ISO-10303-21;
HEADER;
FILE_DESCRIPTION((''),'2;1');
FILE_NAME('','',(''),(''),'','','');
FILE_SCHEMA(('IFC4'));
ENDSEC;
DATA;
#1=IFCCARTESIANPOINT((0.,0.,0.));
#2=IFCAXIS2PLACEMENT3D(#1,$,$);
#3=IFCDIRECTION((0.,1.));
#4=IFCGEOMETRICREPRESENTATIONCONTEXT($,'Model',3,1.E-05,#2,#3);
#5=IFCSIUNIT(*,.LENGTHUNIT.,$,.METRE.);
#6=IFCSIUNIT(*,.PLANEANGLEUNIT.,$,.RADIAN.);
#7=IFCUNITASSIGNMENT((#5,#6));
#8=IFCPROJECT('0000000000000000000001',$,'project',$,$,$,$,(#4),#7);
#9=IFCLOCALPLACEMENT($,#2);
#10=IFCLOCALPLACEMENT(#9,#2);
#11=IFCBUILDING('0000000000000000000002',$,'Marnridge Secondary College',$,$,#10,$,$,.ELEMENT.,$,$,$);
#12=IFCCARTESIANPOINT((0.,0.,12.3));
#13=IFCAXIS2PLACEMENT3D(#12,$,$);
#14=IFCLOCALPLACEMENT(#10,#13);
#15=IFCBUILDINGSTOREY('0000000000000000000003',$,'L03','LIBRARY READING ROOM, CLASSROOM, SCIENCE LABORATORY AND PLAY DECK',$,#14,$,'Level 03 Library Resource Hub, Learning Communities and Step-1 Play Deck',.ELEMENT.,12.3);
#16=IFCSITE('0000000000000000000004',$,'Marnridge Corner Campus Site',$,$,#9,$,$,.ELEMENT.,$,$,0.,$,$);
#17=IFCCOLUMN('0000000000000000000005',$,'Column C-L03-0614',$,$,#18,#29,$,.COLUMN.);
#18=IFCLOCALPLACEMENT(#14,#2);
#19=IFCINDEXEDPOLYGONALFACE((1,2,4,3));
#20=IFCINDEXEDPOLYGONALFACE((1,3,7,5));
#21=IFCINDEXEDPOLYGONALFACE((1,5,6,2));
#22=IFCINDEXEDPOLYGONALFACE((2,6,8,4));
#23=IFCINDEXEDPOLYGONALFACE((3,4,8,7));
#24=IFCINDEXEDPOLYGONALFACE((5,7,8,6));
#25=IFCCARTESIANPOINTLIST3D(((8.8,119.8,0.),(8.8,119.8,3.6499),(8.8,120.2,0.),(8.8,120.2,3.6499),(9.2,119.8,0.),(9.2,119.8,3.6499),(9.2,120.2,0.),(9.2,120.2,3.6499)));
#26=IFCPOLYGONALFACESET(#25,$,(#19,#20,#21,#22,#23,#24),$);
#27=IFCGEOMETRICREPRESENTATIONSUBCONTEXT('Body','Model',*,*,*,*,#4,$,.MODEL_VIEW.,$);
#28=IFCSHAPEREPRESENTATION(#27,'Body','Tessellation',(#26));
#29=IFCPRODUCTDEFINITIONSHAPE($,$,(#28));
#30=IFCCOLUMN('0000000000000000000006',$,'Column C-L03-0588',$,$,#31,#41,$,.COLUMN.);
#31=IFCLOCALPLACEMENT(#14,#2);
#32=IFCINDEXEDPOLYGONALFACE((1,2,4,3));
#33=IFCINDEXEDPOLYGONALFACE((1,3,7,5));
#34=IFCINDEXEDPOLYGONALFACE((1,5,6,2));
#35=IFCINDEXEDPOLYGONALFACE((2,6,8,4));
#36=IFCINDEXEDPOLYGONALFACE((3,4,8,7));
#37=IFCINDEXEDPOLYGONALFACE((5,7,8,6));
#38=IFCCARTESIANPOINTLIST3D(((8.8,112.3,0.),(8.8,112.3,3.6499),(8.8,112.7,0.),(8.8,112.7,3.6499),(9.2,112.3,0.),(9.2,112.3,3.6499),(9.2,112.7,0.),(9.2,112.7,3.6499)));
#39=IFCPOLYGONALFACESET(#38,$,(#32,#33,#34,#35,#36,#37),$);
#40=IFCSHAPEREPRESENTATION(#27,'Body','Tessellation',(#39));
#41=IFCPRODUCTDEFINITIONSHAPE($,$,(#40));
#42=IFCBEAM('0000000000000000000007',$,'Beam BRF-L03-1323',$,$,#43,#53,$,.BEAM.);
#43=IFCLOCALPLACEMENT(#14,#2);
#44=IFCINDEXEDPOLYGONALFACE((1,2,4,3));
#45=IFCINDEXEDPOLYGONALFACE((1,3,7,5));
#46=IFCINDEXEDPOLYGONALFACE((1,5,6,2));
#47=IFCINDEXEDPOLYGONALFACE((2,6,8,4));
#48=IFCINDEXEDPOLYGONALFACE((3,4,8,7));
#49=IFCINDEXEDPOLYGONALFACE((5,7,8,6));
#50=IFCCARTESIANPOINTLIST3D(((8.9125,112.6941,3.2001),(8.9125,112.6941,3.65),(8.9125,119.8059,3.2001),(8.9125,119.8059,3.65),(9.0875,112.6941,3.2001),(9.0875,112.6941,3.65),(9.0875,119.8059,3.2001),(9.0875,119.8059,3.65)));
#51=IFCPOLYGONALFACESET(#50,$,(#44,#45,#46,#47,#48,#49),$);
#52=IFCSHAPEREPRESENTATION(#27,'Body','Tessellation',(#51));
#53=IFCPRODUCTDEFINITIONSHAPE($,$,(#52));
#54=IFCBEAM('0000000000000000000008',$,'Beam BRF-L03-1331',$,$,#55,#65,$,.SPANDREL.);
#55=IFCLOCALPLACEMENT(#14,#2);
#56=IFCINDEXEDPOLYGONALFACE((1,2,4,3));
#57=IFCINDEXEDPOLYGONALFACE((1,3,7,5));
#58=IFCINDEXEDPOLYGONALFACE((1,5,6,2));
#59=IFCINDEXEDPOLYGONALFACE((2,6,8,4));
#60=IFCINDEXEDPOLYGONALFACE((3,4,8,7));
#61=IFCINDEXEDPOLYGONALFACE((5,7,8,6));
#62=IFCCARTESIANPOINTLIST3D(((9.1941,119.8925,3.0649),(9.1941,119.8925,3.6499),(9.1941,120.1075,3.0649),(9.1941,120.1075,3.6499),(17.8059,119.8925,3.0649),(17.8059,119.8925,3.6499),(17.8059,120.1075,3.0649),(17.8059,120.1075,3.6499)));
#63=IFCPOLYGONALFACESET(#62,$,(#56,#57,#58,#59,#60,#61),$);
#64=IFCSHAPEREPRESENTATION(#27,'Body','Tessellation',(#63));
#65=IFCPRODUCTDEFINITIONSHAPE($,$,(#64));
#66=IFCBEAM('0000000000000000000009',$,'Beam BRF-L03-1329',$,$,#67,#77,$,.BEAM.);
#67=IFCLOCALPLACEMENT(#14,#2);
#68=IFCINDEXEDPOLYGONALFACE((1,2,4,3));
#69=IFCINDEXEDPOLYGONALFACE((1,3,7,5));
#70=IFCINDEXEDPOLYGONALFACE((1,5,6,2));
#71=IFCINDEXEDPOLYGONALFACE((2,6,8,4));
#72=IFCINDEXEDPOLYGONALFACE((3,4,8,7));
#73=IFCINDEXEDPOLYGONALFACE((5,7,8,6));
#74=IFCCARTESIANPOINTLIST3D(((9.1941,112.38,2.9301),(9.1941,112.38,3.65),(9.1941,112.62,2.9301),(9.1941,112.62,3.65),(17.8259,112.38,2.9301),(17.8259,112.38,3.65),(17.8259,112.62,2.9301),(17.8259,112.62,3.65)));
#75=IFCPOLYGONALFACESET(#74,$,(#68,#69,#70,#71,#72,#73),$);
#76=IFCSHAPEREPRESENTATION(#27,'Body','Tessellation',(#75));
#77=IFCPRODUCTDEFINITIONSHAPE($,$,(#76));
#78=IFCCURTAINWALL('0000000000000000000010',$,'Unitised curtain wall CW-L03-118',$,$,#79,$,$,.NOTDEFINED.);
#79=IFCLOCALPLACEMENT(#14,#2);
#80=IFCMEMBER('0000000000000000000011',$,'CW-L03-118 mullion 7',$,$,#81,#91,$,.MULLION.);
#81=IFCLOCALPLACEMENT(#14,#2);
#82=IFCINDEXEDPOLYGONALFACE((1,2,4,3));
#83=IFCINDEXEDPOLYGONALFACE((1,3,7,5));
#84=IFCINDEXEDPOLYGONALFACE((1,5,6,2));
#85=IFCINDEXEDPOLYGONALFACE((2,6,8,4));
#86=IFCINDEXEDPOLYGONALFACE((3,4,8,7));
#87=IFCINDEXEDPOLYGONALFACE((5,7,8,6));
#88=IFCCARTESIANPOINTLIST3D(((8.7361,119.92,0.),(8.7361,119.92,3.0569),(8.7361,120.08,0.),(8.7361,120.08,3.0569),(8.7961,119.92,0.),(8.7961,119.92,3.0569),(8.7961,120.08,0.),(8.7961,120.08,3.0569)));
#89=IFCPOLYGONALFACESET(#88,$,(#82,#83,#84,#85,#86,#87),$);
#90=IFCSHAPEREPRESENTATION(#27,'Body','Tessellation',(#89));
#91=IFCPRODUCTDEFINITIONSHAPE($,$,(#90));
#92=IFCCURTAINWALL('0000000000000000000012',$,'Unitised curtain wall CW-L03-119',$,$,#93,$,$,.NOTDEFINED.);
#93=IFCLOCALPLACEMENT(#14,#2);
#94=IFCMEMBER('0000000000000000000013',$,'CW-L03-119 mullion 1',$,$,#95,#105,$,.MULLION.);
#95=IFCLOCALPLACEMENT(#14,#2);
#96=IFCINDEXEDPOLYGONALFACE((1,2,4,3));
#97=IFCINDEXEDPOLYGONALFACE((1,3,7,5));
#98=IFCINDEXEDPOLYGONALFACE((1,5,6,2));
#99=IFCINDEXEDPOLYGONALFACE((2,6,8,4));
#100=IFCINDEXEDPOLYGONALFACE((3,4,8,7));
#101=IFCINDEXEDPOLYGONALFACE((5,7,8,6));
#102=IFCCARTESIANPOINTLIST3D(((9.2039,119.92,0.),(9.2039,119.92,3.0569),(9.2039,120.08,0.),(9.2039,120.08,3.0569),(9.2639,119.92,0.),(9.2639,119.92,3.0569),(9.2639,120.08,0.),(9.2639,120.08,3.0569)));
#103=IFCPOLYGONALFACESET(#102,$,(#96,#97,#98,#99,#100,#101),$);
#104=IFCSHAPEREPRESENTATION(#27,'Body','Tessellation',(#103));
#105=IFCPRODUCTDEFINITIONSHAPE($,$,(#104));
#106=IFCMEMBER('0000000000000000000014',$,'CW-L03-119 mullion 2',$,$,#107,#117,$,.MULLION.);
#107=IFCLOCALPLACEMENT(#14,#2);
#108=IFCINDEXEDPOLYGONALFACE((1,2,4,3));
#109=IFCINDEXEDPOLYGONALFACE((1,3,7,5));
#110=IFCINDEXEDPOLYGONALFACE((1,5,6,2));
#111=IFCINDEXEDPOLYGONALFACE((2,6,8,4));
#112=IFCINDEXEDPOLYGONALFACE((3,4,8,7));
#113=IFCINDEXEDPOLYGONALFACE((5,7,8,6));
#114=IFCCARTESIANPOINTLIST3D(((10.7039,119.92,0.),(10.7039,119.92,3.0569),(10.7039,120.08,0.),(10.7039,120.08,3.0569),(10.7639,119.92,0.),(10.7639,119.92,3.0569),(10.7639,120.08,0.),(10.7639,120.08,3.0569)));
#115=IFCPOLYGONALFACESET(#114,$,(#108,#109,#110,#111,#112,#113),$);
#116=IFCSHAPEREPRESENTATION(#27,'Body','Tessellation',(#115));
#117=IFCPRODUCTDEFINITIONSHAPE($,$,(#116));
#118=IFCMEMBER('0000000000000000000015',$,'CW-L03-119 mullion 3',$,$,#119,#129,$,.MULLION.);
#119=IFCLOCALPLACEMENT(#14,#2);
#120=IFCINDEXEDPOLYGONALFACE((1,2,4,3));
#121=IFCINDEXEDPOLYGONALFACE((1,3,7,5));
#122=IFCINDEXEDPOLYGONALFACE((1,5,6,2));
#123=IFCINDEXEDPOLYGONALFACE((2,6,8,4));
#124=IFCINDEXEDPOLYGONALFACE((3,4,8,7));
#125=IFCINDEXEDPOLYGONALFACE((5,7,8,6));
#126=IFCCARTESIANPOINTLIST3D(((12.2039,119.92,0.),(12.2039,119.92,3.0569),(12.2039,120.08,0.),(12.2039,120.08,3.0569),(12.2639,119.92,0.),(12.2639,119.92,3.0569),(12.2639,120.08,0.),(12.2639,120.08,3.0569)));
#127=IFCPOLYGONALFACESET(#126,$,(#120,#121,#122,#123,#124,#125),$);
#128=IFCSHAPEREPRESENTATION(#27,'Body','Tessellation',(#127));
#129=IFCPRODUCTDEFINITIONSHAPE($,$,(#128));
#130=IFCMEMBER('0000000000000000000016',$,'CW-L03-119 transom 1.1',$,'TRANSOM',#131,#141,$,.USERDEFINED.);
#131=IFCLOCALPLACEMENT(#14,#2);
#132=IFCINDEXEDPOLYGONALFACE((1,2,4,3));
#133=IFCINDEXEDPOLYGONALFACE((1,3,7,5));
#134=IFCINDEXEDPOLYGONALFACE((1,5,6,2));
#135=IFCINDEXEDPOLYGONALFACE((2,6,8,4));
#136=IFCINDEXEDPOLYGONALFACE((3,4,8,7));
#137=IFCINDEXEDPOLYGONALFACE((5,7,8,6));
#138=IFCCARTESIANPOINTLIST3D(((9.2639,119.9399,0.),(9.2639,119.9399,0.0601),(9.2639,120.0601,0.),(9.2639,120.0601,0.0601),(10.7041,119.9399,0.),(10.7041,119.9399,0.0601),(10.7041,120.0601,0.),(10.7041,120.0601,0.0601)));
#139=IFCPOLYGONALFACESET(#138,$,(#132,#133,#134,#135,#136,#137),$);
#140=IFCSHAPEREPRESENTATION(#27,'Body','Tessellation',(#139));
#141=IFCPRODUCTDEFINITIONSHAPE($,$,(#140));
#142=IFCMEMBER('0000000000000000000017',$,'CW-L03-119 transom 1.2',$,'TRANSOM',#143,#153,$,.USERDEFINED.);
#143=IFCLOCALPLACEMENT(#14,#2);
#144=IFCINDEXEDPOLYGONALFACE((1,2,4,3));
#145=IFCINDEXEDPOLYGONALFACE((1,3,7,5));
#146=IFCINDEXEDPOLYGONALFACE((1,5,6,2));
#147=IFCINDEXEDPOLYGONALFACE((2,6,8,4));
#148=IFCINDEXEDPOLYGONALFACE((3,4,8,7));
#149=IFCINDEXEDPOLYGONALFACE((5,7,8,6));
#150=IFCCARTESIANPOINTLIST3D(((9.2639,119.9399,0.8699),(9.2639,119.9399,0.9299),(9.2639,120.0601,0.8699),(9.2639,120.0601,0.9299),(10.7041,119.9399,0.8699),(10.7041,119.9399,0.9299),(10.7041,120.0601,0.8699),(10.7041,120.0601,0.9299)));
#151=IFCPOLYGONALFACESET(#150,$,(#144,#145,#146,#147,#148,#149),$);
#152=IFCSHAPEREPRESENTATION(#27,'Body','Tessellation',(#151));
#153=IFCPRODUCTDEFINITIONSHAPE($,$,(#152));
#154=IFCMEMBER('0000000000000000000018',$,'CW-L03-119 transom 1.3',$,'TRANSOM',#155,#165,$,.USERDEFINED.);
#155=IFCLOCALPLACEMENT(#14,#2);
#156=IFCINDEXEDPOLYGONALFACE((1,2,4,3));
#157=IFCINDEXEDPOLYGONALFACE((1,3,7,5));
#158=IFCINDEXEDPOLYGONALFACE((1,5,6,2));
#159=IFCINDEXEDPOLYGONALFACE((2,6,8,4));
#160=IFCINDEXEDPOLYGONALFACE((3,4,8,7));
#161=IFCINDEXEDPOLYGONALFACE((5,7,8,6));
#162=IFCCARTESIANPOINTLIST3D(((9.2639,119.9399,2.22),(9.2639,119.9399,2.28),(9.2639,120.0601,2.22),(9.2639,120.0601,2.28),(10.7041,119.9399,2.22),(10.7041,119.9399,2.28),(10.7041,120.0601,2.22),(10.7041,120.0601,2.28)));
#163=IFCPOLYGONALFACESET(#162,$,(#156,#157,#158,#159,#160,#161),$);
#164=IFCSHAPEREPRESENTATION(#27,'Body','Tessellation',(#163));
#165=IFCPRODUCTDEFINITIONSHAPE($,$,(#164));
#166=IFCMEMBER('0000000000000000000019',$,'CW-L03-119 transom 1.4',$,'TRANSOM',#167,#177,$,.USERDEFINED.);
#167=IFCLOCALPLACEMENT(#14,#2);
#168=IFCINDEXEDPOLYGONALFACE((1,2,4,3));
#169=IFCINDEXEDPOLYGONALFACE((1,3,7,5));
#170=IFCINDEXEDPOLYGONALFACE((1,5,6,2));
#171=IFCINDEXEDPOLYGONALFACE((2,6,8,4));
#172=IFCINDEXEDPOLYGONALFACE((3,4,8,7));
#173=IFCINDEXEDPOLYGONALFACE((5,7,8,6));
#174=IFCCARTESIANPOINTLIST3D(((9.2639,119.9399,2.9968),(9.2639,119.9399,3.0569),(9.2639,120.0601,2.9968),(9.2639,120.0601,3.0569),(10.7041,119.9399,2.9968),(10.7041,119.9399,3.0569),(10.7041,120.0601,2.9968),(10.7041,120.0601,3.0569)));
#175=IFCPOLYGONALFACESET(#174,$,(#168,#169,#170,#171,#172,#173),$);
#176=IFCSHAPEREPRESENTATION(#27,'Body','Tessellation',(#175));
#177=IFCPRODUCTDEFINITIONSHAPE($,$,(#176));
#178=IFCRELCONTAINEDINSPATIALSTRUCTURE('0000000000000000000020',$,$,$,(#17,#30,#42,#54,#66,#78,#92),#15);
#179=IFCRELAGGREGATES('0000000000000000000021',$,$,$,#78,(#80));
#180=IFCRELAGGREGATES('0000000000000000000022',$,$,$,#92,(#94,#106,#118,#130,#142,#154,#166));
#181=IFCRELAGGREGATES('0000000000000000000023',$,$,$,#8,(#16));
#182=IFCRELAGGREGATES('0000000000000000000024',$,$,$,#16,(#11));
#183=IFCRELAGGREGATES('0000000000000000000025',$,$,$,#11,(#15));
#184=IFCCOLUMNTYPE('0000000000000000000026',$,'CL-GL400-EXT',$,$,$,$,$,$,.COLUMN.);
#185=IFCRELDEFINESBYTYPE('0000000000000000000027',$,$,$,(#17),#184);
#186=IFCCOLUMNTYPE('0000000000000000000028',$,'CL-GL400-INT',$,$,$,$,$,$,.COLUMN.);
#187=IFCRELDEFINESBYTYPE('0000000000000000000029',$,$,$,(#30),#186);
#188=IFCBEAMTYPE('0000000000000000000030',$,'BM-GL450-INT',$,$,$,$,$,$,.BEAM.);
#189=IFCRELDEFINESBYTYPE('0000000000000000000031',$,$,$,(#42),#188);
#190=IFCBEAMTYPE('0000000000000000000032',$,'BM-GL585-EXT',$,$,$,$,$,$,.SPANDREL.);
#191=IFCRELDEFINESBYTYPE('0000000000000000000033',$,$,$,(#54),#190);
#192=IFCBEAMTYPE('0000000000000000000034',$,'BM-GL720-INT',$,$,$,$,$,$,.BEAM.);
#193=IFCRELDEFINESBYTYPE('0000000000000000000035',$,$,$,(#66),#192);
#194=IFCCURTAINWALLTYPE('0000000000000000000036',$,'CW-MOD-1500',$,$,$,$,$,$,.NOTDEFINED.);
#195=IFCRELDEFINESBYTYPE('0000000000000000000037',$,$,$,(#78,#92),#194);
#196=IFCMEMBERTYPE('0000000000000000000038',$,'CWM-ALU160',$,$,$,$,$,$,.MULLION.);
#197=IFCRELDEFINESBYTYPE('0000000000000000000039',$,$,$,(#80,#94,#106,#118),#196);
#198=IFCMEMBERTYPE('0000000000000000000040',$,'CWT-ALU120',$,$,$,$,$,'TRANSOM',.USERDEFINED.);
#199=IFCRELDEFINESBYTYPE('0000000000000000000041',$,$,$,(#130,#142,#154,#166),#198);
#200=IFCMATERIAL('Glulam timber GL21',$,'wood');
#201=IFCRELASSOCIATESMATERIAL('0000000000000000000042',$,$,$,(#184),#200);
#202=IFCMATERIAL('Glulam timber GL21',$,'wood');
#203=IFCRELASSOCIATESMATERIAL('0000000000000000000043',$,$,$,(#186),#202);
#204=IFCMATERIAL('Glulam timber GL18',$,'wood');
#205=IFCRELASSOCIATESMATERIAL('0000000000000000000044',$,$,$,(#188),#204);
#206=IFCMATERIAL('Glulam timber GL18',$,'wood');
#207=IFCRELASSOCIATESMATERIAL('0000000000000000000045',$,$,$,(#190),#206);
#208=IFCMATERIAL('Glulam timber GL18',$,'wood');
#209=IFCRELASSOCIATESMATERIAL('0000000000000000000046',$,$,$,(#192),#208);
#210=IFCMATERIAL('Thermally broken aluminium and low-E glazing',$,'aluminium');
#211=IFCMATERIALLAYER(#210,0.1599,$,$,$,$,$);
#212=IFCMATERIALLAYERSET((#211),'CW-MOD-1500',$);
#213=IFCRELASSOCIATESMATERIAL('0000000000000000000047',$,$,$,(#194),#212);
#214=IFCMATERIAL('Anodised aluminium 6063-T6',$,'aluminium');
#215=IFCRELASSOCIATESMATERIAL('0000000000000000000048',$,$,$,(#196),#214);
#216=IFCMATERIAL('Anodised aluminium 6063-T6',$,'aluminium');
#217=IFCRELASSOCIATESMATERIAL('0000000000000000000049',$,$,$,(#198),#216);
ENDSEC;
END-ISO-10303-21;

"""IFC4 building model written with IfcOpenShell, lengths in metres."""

from ifc_helpers import new_model, si_unit, direction, frame, origin, origin_2d, place, context, subcontext, project, spatial, rectangle, extrude, material, layer, layer_set, material_profile, profile_set, type_object, element, aggregate, save


model = new_model("IFC4")

# Units and contexts
model_context = context("Model", 3, precision=1e-05, world=origin(), true_north=direction((0.0, 1.0)))
body_context = subcontext(model_context, "Body", "Model", "MODEL_VIEW")
ifc_project = project(units=[si_unit("LENGTHUNIT", "METRE"), si_unit("PLANEANGLEUNIT", "RADIAN")], contexts=[model_context])

# Site, building, storey
site_placement = place(None, origin())
site = spatial("IfcSite", under=ifc_project, at=site_placement, Name="Marnridge Corner Campus Site", CompositionType="ELEMENT", RefElevation=0.0)
building_placement = place(site_placement, origin())
building = spatial("IfcBuilding", under=site, at=building_placement, Name="Marnridge Secondary College", CompositionType="ELEMENT")
storey_placement = place(building_placement, frame((0.0, 0.0, 12.3)))
storey = spatial("IfcBuildingStorey", under=building, at=storey_placement, Name="L03", Description="LIBRARY READING ROOM, CLASSROOM, SCIENCE LABORATORY AND PLAY DECK", LongName="Level 03 Library Resource Hub, Learning Communities and Step-1 Play Deck", CompositionType="ELEMENT", Elevation=12.3)

# Columns
ifc_material_1 = material(Name="Glulam timber GL21", Category="wood")
ifc_material_profile_1 = material_profile(ifc_material_1, rectangle(XDim=0.3999, YDim=0.3999, at=origin_2d()), Name="GL21 400x400")
ifc_profile_set_1 = profile_set([ifc_material_profile_1], Name="Glulam timber GL21")
column_type_1 = type_object("IfcColumnType", Name="CL-GL400-EXT", PredefinedType="COLUMN", material=ifc_profile_set_1)
column_1_placement = place(storey_placement, frame((9.0, 120.0, 0.0), z_axis=(0.0, 0.0, 1.0), x_axis=(1.0, 0.0, 0.0)))
element("IfcColumn", 1, at=column_1_placement, inside=storey, type_object=column_type_1, Name="Column C-L03-0614", PredefinedType="COLUMN", context=body_context, shape_type="SweptSolid", body=[
    extrude(rectangle(XDim=0.3999, YDim=0.3999, at=origin_2d()), origin(), (0.0, 0.0, 1.0), 3.6499),
])
ifc_material_2 = material(Name="Glulam timber GL21", Category="wood")
ifc_material_profile_2 = material_profile(ifc_material_2, rectangle(XDim=0.3999, YDim=0.3999, at=origin_2d()), Name="GL21 400x400")
ifc_profile_set_2 = profile_set([ifc_material_profile_2], Name="Glulam timber GL21")
column_type_2 = type_object("IfcColumnType", Name="CL-GL400-INT", PredefinedType="COLUMN", material=ifc_profile_set_2)
column_2_placement = place(storey_placement, frame((9.0, 112.5, 0.0), z_axis=(0.0, 0.0, 1.0), x_axis=(1.0, 0.0, 0.0)))
element("IfcColumn", 2, at=column_2_placement, inside=storey, type_object=column_type_2, Name="Column C-L03-0588", PredefinedType="COLUMN", context=body_context, shape_type="SweptSolid", body=[
    extrude(rectangle(XDim=0.3999, YDim=0.3999, at=origin_2d()), origin(), (0.0, 0.0, 1.0), 3.6499),
])

# Beams
ifc_material_3 = material(Name="Glulam timber GL18", Category="wood")
ifc_material_profile_3 = material_profile(ifc_material_3, rectangle(XDim=0.175, YDim=0.45, at=origin_2d()), Name="GL18 175x450")
ifc_profile_set_3 = profile_set([ifc_material_profile_3], Name="Glulam timber GL18")
beam_type_1 = type_object("IfcBeamType", Name="BM-GL450-INT", PredefinedType="BEAM", material=ifc_profile_set_3)
beam_1_placement = place(storey_placement, frame((9.0, 112.6941, 3.425), z_axis=(0.0, 1.0, 0.0), x_axis=(-1.0, 0.0, 0.0)))
element("IfcBeam", 3, at=beam_1_placement, inside=storey, type_object=beam_type_1, Name="Beam BRF-L03-1323", PredefinedType="BEAM", context=body_context, shape_type="SweptSolid", body=[
    extrude(rectangle(XDim=0.175, YDim=0.45, at=origin_2d()), origin(), (0.0, 0.0, 1.0), 7.1118),
])
ifc_material_4 = material(Name="Glulam timber GL18", Category="wood")
ifc_material_profile_4 = material_profile(ifc_material_4, rectangle(XDim=0.2151, YDim=0.585, at=origin_2d()), Name="GL18 215x585")
ifc_profile_set_4 = profile_set([ifc_material_profile_4], Name="Glulam timber GL18")
beam_type_2 = type_object("IfcBeamType", Name="BM-GL585-EXT", PredefinedType="SPANDREL", material=ifc_profile_set_4)
beam_2_placement = place(storey_placement, frame((9.1941, 120.0, 3.3574), z_axis=(1.0, 0.0, 0.0), x_axis=(0.0, 1.0, 0.0)))
element("IfcBeam", 4, at=beam_2_placement, inside=storey, type_object=beam_type_2, Name="Beam BRF-L03-1331", PredefinedType="SPANDREL", context=body_context, shape_type="SweptSolid", body=[
    extrude(rectangle(XDim=0.2151, YDim=0.585, at=origin_2d()), origin(), (0.0, 0.0, 1.0), 8.6118),
])
ifc_material_5 = material(Name="Glulam timber GL18", Category="wood")
ifc_material_profile_5 = material_profile(ifc_material_5, rectangle(XDim=0.24, YDim=0.72, at=origin_2d()), Name="GL18 240x720")
ifc_profile_set_5 = profile_set([ifc_material_profile_5], Name="Glulam timber GL18")
beam_type_3 = type_object("IfcBeamType", Name="BM-GL720-INT", PredefinedType="BEAM", material=ifc_profile_set_5)
beam_3_placement = place(storey_placement, frame((9.1941, 112.5, 3.29), z_axis=(1.0, 0.0, 0.0), x_axis=(0.0, 1.0, 0.0)))
element("IfcBeam", 5, at=beam_3_placement, inside=storey, type_object=beam_type_3, Name="Beam BRF-L03-1329", PredefinedType="BEAM", context=body_context, shape_type="SweptSolid", body=[
    extrude(rectangle(XDim=0.24, YDim=0.72, at=origin_2d()), origin(), (0.0, 0.0, 1.0), 8.6318),
])

# Curtain wall, member
ifc_material_6 = material(Name="Thermally broken aluminium and low-E glazing", Category="aluminium")
ifc_layer_1 = layer(ifc_material_6, 0.1599)
ifc_layer_set_1 = layer_set([ifc_layer_1], Name="CW-MOD-1500")
curtain_wall_type = type_object("IfcCurtainWallType", Name="CW-MOD-1500", PredefinedType="NOTDEFINED", material=ifc_layer_set_1)
curtain_wall_1_placement = place(storey_placement, origin())
curtain_wall_1 = element("IfcCurtainWall", 6, at=curtain_wall_1_placement, inside=storey, type_object=curtain_wall_type, Name="Unitised curtain wall CW-L03-118", PredefinedType="NOTDEFINED")
ifc_material_7 = material(Name="Anodised aluminium 6063-T6", Category="aluminium")
ifc_material_profile_6 = material_profile(ifc_material_7, rectangle(XDim=0.0601, YDim=0.1599, at=origin_2d()), Name="ALU 60x160")
ifc_profile_set_6 = profile_set([ifc_material_profile_6], Name="Anodised aluminium 6063-T6")
member_type_1 = type_object("IfcMemberType", Name="CWM-ALU160", PredefinedType="MULLION", material=ifc_profile_set_6)
member_1_placement = place(storey_placement, frame((8.7661, 120.0, 0.0), z_axis=(0.0, 0.0, 1.0), x_axis=(1.0, 0.0, 0.0)))
member_1 = element("IfcMember", 7, at=member_1_placement, type_object=member_type_1, Name="CW-L03-118 mullion 7", PredefinedType="MULLION", context=body_context, shape_type="SweptSolid", body=[
    extrude(rectangle(XDim=0.0601, YDim=0.1599, at=origin_2d()), origin(), (0.0, 0.0, 1.0), 3.0569),
])

# Curtain wall, members
curtain_wall_2_placement = place(storey_placement, origin())
curtain_wall_2 = element("IfcCurtainWall", 8, at=curtain_wall_2_placement, inside=storey, type_object=curtain_wall_type, Name="Unitised curtain wall CW-L03-119", PredefinedType="NOTDEFINED")
member_2_placement = place(storey_placement, frame((9.2339, 120.0, 0.0), z_axis=(0.0, 0.0, 1.0), x_axis=(1.0, 0.0, 0.0)))
member_2 = element("IfcMember", 9, at=member_2_placement, type_object=member_type_1, Name="CW-L03-119 mullion 1", PredefinedType="MULLION", context=body_context, shape_type="SweptSolid", body=[
    extrude(rectangle(XDim=0.0601, YDim=0.1599, at=origin_2d()), origin(), (0.0, 0.0, 1.0), 3.0569),
])
member_3_placement = place(storey_placement, frame((10.7339, 120.0, 0.0), z_axis=(0.0, 0.0, 1.0), x_axis=(1.0, 0.0, 0.0)))
member_3 = element("IfcMember", 10, at=member_3_placement, type_object=member_type_1, Name="CW-L03-119 mullion 2", PredefinedType="MULLION", context=body_context, shape_type="SweptSolid", body=[
    extrude(rectangle(XDim=0.0601, YDim=0.1599, at=origin_2d()), origin(), (0.0, 0.0, 1.0), 3.0569),
])
member_4_placement = place(storey_placement, frame((12.2339, 120.0, 0.0), z_axis=(0.0, 0.0, 1.0), x_axis=(1.0, 0.0, 0.0)))
member_4 = element("IfcMember", 11, at=member_4_placement, type_object=member_type_1, Name="CW-L03-119 mullion 3", PredefinedType="MULLION", context=body_context, shape_type="SweptSolid", body=[
    extrude(rectangle(XDim=0.0601, YDim=0.1599, at=origin_2d()), origin(), (0.0, 0.0, 1.0), 3.0569),
])
ifc_material_8 = material(Name="Anodised aluminium 6063-T6", Category="aluminium")
ifc_material_profile_7 = material_profile(ifc_material_8, rectangle(XDim=0.0601, YDim=0.1201, at=origin_2d()), Name="ALU 60x120")
ifc_profile_set_7 = profile_set([ifc_material_profile_7], Name="Anodised aluminium 6063-T6")
member_type_2 = type_object("IfcMemberType", Name="CWT-ALU120", ElementType="TRANSOM", PredefinedType="USERDEFINED", material=ifc_profile_set_7)
member_5_placement = place(storey_placement, frame((9.2639, 120.0, 0.03), z_axis=(1.0, 0.0, 0.0), x_axis=(0.0, 0.0, 1.0)))
member_5 = element("IfcMember", 12, at=member_5_placement, type_object=member_type_2, Name="CW-L03-119 transom 1.1", ObjectType="TRANSOM", PredefinedType="USERDEFINED", context=body_context, shape_type="SweptSolid", body=[
    extrude(rectangle(XDim=0.0601, YDim=0.1201, at=origin_2d()), origin(), (0.0, 0.0, 1.0), 1.4402),
])
member_6_placement = place(storey_placement, frame((9.2639, 120.0, 0.8999), z_axis=(1.0, 0.0, 0.0), x_axis=(0.0, 0.0, 1.0)))
member_6 = element("IfcMember", 13, at=member_6_placement, type_object=member_type_2, Name="CW-L03-119 transom 1.2", ObjectType="TRANSOM", PredefinedType="USERDEFINED", context=body_context, shape_type="SweptSolid", body=[
    extrude(rectangle(XDim=0.0601, YDim=0.1201, at=origin_2d()), origin(), (0.0, 0.0, 1.0), 1.4402),
])
member_7_placement = place(storey_placement, frame((9.2639, 120.0, 2.25), z_axis=(1.0, 0.0, 0.0), x_axis=(0.0, 0.0, 1.0)))
member_7 = element("IfcMember", 14, at=member_7_placement, type_object=member_type_2, Name="CW-L03-119 transom 1.3", ObjectType="TRANSOM", PredefinedType="USERDEFINED", context=body_context, shape_type="SweptSolid", body=[
    extrude(rectangle(XDim=0.0601, YDim=0.1201, at=origin_2d()), origin(), (0.0, 0.0, 1.0), 1.4402),
])
member_8_placement = place(storey_placement, frame((9.2639, 120.0, 3.0269), z_axis=(1.0, 0.0, 0.0), x_axis=(0.0, 0.0, 1.0)))
member_8 = element("IfcMember", 15, at=member_8_placement, type_object=member_type_2, Name="CW-L03-119 transom 1.4", ObjectType="TRANSOM", PredefinedType="USERDEFINED", context=body_context, shape_type="SweptSolid", body=[
    extrude(rectangle(XDim=0.0601, YDim=0.1201, at=origin_2d()), origin(), (0.0, 0.0, 1.0), 1.4402),
])

aggregate(curtain_wall_1, [member_1])
aggregate(curtain_wall_2, [member_2, member_3, member_4, member_5, member_6, member_7, member_8])

save(model, "model.ifc")
